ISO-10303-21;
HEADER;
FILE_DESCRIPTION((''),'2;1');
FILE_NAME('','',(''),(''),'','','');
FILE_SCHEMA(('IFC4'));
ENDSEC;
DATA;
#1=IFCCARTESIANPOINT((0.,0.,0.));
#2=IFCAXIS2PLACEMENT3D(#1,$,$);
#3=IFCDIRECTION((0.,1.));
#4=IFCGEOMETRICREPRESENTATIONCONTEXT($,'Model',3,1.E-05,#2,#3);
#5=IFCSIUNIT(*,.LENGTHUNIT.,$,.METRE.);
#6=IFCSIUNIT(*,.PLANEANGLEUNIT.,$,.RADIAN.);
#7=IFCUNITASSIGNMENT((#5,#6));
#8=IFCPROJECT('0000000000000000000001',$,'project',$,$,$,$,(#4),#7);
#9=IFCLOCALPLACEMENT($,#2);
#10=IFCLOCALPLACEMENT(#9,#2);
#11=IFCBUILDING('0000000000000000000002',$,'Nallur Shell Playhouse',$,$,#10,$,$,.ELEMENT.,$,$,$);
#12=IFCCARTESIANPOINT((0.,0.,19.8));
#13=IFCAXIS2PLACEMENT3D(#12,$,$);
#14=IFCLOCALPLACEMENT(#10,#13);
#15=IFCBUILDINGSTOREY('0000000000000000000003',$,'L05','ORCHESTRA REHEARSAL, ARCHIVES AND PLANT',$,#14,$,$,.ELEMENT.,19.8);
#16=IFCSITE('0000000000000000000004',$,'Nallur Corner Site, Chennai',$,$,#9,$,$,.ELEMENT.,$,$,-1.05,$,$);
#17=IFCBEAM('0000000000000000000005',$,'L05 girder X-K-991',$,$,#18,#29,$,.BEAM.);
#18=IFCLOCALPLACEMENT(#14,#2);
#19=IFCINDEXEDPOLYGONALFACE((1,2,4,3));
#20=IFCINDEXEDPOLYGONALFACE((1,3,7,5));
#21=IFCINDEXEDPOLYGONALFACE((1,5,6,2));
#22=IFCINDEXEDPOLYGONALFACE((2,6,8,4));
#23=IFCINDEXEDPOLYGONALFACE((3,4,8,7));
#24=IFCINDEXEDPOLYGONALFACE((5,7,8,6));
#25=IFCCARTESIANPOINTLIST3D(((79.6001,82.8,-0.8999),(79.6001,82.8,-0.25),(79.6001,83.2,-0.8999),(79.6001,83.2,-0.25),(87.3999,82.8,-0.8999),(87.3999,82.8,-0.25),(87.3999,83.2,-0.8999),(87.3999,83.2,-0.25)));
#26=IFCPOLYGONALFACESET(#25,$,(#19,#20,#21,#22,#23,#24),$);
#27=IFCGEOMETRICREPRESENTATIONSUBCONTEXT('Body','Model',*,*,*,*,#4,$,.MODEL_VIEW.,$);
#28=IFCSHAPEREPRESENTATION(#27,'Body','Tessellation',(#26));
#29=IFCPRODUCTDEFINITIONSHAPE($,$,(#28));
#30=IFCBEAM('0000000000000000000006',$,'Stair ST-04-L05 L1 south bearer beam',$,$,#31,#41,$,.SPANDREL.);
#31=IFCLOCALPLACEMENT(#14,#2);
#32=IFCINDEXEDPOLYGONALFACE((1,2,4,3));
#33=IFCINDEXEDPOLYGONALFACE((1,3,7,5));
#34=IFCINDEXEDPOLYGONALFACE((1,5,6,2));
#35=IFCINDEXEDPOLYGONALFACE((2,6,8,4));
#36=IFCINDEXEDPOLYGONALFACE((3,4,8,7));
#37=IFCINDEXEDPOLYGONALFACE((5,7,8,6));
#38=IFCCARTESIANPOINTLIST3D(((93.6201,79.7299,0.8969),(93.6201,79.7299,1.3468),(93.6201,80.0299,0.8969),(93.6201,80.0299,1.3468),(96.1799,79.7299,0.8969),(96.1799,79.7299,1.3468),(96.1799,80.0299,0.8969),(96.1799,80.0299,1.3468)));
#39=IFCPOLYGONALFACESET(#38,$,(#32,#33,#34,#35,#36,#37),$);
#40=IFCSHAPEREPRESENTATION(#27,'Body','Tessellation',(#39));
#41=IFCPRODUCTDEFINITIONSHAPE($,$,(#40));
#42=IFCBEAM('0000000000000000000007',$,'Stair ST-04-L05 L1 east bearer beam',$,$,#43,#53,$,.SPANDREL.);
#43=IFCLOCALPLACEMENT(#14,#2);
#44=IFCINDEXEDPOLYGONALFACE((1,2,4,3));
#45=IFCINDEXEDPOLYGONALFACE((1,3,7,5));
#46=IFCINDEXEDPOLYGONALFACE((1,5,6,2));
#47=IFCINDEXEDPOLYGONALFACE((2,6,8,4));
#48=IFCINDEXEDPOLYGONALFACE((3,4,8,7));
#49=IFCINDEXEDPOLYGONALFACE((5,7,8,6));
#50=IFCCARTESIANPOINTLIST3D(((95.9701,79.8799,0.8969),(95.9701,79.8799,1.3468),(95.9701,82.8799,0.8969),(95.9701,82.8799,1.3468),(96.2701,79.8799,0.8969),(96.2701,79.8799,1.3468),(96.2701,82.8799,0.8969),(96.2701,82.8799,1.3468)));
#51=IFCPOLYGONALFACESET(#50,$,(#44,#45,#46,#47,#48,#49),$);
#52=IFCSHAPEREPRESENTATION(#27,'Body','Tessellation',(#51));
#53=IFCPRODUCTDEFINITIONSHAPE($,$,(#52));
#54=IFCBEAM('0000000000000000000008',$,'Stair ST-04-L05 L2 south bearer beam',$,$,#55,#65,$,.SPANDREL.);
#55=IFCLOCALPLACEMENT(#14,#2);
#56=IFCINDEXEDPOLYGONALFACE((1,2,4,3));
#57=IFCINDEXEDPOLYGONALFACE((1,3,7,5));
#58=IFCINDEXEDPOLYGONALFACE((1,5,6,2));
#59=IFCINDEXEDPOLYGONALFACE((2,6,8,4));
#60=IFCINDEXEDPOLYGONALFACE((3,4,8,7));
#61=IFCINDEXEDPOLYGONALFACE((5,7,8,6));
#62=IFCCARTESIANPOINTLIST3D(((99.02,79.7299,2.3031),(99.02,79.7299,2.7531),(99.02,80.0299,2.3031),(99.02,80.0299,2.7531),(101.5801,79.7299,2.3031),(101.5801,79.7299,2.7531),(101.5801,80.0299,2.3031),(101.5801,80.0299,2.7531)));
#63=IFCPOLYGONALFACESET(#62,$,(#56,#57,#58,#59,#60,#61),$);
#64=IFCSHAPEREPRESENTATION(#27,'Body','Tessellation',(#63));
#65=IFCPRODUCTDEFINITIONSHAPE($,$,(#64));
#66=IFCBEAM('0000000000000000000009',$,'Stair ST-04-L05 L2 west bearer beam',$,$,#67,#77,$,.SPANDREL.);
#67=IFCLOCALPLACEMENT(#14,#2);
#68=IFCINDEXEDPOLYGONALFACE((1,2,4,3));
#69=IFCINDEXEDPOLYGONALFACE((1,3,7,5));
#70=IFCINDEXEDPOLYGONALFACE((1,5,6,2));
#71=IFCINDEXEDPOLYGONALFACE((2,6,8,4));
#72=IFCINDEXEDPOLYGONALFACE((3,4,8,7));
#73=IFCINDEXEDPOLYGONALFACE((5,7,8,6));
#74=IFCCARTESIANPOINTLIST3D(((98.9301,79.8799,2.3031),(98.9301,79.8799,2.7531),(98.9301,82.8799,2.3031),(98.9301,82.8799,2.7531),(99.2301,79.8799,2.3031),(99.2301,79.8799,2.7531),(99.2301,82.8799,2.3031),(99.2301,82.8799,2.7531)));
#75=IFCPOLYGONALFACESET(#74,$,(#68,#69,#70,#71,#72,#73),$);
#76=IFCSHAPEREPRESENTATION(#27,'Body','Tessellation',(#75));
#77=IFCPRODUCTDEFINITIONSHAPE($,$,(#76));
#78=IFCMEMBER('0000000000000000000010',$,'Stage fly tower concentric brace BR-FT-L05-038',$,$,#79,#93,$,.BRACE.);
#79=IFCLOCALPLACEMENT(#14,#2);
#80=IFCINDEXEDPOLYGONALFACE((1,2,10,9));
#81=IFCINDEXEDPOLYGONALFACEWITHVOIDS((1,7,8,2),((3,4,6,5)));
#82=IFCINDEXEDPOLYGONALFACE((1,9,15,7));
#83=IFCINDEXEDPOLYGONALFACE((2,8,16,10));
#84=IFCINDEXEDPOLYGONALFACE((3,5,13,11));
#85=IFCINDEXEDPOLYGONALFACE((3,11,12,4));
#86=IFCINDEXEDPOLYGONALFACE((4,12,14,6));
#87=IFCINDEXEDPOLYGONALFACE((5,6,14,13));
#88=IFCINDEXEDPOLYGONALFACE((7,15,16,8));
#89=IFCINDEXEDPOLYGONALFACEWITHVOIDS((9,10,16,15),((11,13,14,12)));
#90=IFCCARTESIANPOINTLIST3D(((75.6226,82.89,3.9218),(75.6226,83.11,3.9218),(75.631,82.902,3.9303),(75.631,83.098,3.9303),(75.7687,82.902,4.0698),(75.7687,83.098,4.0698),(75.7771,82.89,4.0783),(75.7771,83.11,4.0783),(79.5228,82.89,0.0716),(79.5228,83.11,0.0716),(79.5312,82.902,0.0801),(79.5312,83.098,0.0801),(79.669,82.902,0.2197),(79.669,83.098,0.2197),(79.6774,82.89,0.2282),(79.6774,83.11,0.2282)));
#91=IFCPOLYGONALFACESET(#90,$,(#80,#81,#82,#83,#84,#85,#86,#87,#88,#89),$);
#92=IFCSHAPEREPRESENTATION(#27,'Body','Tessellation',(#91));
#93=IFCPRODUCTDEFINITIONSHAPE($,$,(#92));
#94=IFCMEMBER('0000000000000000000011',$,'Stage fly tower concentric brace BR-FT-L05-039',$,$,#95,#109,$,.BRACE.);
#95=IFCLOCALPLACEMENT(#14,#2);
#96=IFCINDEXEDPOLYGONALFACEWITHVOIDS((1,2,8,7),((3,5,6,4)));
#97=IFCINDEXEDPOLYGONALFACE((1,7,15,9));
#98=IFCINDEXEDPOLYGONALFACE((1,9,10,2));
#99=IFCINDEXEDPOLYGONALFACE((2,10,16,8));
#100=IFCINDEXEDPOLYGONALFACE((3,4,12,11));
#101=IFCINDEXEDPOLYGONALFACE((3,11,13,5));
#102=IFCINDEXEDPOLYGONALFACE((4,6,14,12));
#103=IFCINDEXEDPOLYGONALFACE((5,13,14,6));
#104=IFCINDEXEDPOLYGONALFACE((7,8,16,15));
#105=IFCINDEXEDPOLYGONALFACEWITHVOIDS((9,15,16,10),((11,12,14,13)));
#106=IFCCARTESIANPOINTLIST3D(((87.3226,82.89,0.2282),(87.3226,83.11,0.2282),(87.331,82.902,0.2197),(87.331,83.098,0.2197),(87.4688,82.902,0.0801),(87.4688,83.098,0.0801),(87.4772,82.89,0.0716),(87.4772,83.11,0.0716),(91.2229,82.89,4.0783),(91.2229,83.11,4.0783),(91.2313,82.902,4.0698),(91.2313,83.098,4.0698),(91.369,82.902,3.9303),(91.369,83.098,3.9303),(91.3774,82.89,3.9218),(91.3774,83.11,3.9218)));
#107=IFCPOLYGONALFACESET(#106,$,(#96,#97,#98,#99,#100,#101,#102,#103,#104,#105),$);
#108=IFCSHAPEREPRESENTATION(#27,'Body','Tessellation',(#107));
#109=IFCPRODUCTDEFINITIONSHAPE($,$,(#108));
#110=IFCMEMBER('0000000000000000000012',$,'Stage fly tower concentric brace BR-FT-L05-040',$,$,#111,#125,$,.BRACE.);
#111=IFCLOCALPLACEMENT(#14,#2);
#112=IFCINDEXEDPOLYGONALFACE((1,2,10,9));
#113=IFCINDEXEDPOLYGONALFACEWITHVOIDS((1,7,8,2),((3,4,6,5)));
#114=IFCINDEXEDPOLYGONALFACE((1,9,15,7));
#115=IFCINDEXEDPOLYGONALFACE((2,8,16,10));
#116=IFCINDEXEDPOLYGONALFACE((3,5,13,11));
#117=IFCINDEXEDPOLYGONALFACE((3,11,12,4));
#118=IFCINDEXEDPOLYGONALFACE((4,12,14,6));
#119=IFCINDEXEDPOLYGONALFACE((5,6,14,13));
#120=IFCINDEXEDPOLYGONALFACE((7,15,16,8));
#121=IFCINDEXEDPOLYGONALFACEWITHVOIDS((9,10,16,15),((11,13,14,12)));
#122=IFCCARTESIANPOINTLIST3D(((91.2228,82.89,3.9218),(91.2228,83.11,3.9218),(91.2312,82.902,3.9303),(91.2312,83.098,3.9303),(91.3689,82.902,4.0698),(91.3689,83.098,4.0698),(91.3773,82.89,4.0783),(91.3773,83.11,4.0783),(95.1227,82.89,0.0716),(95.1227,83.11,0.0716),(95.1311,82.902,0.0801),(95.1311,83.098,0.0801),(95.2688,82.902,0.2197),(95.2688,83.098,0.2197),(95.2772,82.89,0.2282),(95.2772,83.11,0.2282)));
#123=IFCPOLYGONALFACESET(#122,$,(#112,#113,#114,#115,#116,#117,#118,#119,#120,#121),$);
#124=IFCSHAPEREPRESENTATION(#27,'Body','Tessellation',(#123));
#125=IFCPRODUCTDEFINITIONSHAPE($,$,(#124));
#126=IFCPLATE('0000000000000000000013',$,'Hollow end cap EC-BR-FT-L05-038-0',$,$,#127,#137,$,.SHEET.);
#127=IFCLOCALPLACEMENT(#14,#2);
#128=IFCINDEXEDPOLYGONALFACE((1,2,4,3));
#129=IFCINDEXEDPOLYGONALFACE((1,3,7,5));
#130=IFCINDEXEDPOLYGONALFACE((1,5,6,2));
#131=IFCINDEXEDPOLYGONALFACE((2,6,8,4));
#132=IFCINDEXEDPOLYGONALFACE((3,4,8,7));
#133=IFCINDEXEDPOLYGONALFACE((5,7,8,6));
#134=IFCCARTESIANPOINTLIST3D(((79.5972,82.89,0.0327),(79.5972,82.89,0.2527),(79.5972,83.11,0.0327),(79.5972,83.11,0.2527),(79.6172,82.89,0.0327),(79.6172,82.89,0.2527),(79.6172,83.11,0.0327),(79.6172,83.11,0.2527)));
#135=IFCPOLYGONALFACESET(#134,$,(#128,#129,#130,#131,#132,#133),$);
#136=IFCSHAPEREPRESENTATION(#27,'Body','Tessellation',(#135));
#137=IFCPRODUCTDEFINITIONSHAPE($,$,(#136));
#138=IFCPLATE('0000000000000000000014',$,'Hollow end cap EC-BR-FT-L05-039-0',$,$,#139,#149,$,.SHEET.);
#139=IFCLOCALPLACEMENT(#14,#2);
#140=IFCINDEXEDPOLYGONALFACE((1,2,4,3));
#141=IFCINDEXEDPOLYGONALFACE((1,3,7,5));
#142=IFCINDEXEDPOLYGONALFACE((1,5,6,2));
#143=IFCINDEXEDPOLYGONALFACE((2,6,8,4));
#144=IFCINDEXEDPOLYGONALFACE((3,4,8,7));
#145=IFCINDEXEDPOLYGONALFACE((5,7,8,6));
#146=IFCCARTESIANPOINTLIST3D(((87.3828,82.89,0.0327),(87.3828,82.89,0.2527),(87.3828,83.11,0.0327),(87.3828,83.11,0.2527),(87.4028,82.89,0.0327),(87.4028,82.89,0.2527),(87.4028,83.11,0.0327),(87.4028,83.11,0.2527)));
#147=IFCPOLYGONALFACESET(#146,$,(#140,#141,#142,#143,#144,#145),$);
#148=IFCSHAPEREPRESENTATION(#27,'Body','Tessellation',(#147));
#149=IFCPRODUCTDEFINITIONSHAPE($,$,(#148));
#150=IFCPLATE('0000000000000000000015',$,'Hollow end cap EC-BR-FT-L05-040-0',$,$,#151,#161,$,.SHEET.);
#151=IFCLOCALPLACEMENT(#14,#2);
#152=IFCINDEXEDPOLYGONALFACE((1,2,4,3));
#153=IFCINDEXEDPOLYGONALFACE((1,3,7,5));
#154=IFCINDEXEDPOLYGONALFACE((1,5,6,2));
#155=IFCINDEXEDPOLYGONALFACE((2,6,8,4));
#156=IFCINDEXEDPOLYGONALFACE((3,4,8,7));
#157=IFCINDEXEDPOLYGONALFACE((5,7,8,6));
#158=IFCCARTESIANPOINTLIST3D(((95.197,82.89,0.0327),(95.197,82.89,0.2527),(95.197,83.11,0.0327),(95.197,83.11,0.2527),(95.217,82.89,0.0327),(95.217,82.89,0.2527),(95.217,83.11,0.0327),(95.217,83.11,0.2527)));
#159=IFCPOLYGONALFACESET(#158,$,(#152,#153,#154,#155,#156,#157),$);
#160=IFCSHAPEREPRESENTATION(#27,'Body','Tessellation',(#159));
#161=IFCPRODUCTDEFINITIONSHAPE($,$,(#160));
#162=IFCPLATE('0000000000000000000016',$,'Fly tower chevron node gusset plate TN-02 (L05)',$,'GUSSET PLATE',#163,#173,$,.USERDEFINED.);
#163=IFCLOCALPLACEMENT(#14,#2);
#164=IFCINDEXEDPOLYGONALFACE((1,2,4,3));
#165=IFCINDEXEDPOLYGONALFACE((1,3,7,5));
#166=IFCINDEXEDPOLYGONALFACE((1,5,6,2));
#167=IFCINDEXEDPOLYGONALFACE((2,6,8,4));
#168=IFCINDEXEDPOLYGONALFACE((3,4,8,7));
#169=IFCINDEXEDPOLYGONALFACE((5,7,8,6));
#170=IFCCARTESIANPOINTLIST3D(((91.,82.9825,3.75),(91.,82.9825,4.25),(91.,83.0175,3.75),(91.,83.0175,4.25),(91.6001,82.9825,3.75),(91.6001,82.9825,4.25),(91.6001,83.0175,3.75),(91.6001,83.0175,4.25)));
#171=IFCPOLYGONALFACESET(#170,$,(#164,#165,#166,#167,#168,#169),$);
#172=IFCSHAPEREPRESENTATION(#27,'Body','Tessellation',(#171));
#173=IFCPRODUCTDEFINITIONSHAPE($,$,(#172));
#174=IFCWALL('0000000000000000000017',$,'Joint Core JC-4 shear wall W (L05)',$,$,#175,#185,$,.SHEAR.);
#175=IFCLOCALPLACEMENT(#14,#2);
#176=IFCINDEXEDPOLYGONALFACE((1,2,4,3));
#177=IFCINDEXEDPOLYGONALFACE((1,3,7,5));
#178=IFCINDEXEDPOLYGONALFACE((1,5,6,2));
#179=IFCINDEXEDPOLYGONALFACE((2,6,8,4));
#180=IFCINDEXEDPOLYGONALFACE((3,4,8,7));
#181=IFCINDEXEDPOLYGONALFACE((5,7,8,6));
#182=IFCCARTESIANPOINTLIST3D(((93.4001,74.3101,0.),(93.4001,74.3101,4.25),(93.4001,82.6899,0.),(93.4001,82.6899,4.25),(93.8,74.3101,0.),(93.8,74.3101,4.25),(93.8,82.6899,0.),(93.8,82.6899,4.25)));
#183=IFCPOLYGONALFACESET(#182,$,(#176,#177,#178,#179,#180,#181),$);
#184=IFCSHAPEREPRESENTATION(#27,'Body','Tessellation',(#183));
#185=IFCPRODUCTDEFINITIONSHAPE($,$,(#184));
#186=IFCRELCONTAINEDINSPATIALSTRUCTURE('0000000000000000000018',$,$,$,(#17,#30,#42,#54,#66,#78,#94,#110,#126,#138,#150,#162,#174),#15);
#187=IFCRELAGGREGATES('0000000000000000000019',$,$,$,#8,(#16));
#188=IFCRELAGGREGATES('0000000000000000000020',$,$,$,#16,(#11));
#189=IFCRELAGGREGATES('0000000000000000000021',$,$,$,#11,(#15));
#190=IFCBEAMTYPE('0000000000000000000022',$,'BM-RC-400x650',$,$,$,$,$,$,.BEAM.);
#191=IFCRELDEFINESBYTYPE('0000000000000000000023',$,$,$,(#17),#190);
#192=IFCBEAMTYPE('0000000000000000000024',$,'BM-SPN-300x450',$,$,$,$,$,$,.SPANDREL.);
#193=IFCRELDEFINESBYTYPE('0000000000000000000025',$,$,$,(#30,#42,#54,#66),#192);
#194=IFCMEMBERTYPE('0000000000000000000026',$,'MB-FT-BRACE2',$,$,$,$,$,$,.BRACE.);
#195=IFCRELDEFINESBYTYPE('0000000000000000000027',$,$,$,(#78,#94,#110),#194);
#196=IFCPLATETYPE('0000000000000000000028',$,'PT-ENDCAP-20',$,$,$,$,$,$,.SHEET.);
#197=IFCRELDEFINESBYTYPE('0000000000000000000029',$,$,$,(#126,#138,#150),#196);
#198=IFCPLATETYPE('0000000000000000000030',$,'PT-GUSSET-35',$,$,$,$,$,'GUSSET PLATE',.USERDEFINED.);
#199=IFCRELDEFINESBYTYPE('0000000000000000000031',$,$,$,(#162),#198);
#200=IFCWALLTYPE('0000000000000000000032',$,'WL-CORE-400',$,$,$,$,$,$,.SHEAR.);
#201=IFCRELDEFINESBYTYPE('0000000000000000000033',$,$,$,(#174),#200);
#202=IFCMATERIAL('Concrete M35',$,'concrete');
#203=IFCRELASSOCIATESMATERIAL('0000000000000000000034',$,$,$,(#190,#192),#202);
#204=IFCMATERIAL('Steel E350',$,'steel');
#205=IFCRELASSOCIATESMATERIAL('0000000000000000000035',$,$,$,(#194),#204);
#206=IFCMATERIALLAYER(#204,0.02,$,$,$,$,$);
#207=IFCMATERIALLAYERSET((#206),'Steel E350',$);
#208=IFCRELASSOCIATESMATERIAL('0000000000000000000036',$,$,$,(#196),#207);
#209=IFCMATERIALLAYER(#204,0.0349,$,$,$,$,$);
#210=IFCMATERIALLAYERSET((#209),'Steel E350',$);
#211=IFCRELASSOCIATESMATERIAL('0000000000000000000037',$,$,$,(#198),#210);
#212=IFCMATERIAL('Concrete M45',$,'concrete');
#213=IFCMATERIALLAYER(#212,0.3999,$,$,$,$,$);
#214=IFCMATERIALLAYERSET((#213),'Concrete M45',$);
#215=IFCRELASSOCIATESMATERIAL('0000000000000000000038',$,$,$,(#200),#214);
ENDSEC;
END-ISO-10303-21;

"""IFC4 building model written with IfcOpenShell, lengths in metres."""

from ifc_helpers import new_model, si_unit, direction, frame, frame_2d, origin, origin_2d, place, context, subcontext, project, spatial, rectangle, hollow_rectangle, extrude, material, layer, layer_set, material_profile, profile_set, type_object, element, save


model = new_model("IFC4")

# Units and contexts
model_context = context("Model", 3, precision=1e-05, world=origin(), true_north=direction((0.0, 1.0)))
body_context = subcontext(model_context, "Body", "Model", "MODEL_VIEW")
ifc_project = project(units=[si_unit("LENGTHUNIT", "METRE"), si_unit("PLANEANGLEUNIT", "RADIAN")], contexts=[model_context])

# Site, building, storey
site_placement = place(None, origin())
site = spatial("IfcSite", under=ifc_project, at=site_placement, Name="Nallur Corner Site, Chennai", CompositionType="ELEMENT", RefElevation=-1.05)
building_placement = place(site_placement, origin())
building = spatial("IfcBuilding", under=site, at=building_placement, Name="Nallur Shell Playhouse", CompositionType="ELEMENT")
storey_placement = place(building_placement, frame((0.0, 0.0, 19.8)))
storey = spatial("IfcBuildingStorey", under=building, at=storey_placement, Name="L05", Description="ORCHESTRA REHEARSAL, ARCHIVES AND PLANT", CompositionType="ELEMENT", Elevation=19.8)

# Shared definitions
ifc_material_1 = material(Name="Steel E350", Category="steel")

# Beams
ifc_material_2 = material(Name="Concrete M35", Category="concrete")
ifc_material_profile_1 = material_profile(ifc_material_2, rectangle(XDim=0.3999, YDim=0.6499, at=origin_2d()), Name="RC 400x650")
ifc_profile_set_1 = profile_set([ifc_material_profile_1], Name="Concrete M35")
beam_type_1 = type_object("IfcBeamType", Name="BM-RC-400x650", PredefinedType="BEAM", material=ifc_profile_set_1)
beam_1_placement = place(storey_placement, frame((79.6001, 83.0, -0.575), z_axis=(1.0, 0.0, 0.0), x_axis=(0.0, 1.0, 0.0)))
element("IfcBeam", 1, at=beam_1_placement, inside=storey, type_object=beam_type_1, Name="L05 girder X-K-991", PredefinedType="BEAM", context=body_context, shape_type="SweptSolid", body=[
    extrude(rectangle(XDim=0.3999, YDim=0.6499, at=origin_2d()), origin(), (0.0, 0.0, 1.0), 7.7998),
])
ifc_material_profile_2 = material_profile(ifc_material_2, rectangle(XDim=0.3, YDim=0.45, at=origin_2d()), Name="RC 300x450")
ifc_profile_set_2 = profile_set([ifc_material_profile_2], Name="Concrete M35")
beam_type_2 = type_object("IfcBeamType", Name="BM-SPN-300x450", PredefinedType="SPANDREL", material=ifc_profile_set_2)
beam_2_placement = place(storey_placement, frame((93.6201, 79.8799, 1.1218), z_axis=(1.0, 0.0, 0.0), x_axis=(0.0, 1.0, 0.0)))
element("IfcBeam", 2, at=beam_2_placement, inside=storey, type_object=beam_type_2, Name="Stair ST-04-L05 L1 south bearer beam", PredefinedType="SPANDREL", context=body_context, shape_type="SweptSolid", body=[
    extrude(rectangle(XDim=0.3, YDim=0.45, at=origin_2d()), origin(), (0.0, 0.0, 1.0), 2.5598),
])
beam_3_placement = place(storey_placement, frame((96.1201, 79.8799, 1.1218), z_axis=(0.0, 1.0, 0.0), x_axis=(-1.0, 0.0, 0.0)))
element("IfcBeam", 3, at=beam_3_placement, inside=storey, type_object=beam_type_2, Name="Stair ST-04-L05 L1 east bearer beam", PredefinedType="SPANDREL", context=body_context, shape_type="SweptSolid", body=[
    extrude(rectangle(XDim=0.3, YDim=0.45, at=origin_2d()), origin(), (0.0, 0.0, 1.0), 3.0),
])
beam_4_placement = place(storey_placement, frame((99.02, 79.8799, 2.5281), z_axis=(1.0, 0.0, 0.0), x_axis=(0.0, 1.0, 0.0)))
element("IfcBeam", 4, at=beam_4_placement, inside=storey, type_object=beam_type_2, Name="Stair ST-04-L05 L2 south bearer beam", PredefinedType="SPANDREL", context=body_context, shape_type="SweptSolid", body=[
    extrude(rectangle(XDim=0.3, YDim=0.45, at=origin_2d()), origin(), (0.0, 0.0, 1.0), 2.5601),
])
beam_5_placement = place(storey_placement, frame((99.0801, 79.8799, 2.5281), z_axis=(0.0, 1.0, 0.0), x_axis=(-1.0, 0.0, 0.0)))
element("IfcBeam", 5, at=beam_5_placement, inside=storey, type_object=beam_type_2, Name="Stair ST-04-L05 L2 west bearer beam", PredefinedType="SPANDREL", context=body_context, shape_type="SweptSolid", body=[
    extrude(rectangle(XDim=0.3, YDim=0.45, at=origin_2d()), origin(), (0.0, 0.0, 1.0), 3.0),
])

# Members
ifc_material_profile_3 = material_profile(ifc_material_1, hollow_rectangle(XDim=0.22, YDim=0.22, WallThickness=0.012, at=origin_2d()), Name="SHS 220x220x12")
ifc_profile_set_3 = profile_set([ifc_material_profile_3], Name="Steel E350")
member_type = type_object("IfcMemberType", Name="MB-FT-BRACE2", PredefinedType="BRACE", material=ifc_profile_set_3)
for number, where, z_axis, x_axis, name in (
    (6, (79.6001, 83.0, 0.1499), (-0.711658, 0.0, 0.702526), (0.0, -1.0, 0.0), "Stage fly tower concentric brace BR-FT-L05-038"),
    (7, (87.3999, 83.0, 0.1499), (0.711658, 0.0, 0.702526), (0.0, 1.0, 0.0), "Stage fly tower concentric brace BR-FT-L05-039"),
):
    element("IfcMember", number, at=place(storey_placement, frame(where, z_axis=z_axis, x_axis=x_axis)), inside=storey, type_object=member_type, Name=name, PredefinedType="BRACE", context=body_context, shape_type="SweptSolid", body=[
        extrude(hollow_rectangle(XDim=0.22, YDim=0.22, WallThickness=0.012, at=origin_2d()), origin(), (0.0, 0.0, 1.0), 5.4805),
    ])
member_placement = place(storey_placement, frame((95.2, 83.0, 0.1499), z_axis=(-0.711636, 0.0, 0.702548), x_axis=(0.0, -1.0, 0.0)))
element("IfcMember", 8, at=member_placement, inside=storey, type_object=member_type, Name="Stage fly tower concentric brace BR-FT-L05-040", PredefinedType="BRACE", context=body_context, shape_type="SweptSolid", body=[
    extrude(hollow_rectangle(XDim=0.22, YDim=0.22, WallThickness=0.012, at=origin_2d()), origin(), (0.0, 0.0, 1.0), 5.4802),
])

# Plates
ifc_layer_1 = layer(ifc_material_1, 0.02)
ifc_layer_set_1 = layer_set([ifc_layer_1], Name="Steel E350")
plate_type_1 = type_object("IfcPlateType", Name="PT-ENDCAP-20", PredefinedType="SHEET", material=ifc_layer_set_1)
for number, where, z_axis, x_axis, name in (
    (9, (79.6072, 83.0, 0.0327), (0.0, 0.0, 1.0), (1.0, 0.0, 0.0), "Hollow end cap EC-BR-FT-L05-038-0"),
    (10, (87.3928, 83.0, 0.0327), (0.0, 0.0, 1.0), (1.0, 0.0, 0.0), "Hollow end cap EC-BR-FT-L05-039-0"),
    (11, (95.207, 83.0, 0.0327), (0.0, 0.0, 1.0), (1.0, 0.0, 0.0), "Hollow end cap EC-BR-FT-L05-040-0"),
):
    element("IfcPlate", number, at=place(storey_placement, frame(where, z_axis=z_axis, x_axis=x_axis)), inside=storey, type_object=plate_type_1, Name=name, PredefinedType="SHEET", context=body_context, shape_type="SweptSolid", body=[
        extrude(rectangle(XDim=0.02, YDim=0.22, at=origin_2d()), origin(), (0.0, 0.0, 1.0), 0.22),
    ])
ifc_layer_2 = layer(ifc_material_1, 0.0349)
ifc_layer_set_2 = layer_set([ifc_layer_2], Name="Steel E350")
plate_type_2 = type_object("IfcPlateType", Name="PT-GUSSET-35", ElementType="GUSSET PLATE", PredefinedType="USERDEFINED", material=ifc_layer_set_2)
plate_placement = place(storey_placement, frame((91.3, 83.0, 3.75), z_axis=(0.0, 0.0, 1.0), x_axis=(1.0, 0.0, 0.0)))
element("IfcPlate", 12, at=plate_placement, inside=storey, type_object=plate_type_2, Name="Fly tower chevron node gusset plate TN-02 (L05)", ObjectType="GUSSET PLATE", PredefinedType="USERDEFINED", context=body_context, shape_type="SweptSolid", body=[
    extrude(rectangle(XDim=0.6001, YDim=0.0349, at=origin_2d()), origin(), (0.0, 0.0, 1.0), 0.5),
])

# Wall
ifc_material_3 = material(Name="Concrete M45", Category="concrete")
ifc_layer_3 = layer(ifc_material_3, 0.3999)
ifc_layer_set_3 = layer_set([ifc_layer_3], Name="Concrete M45")
wall_type_1 = type_object("IfcWallType", Name="WL-CORE-400", PredefinedType="SHEAR", material=ifc_layer_set_3)
wall_1_placement = place(storey_placement, frame((93.6001, 82.6899, 0.0), z_axis=(0.0, 0.0, 1.0), x_axis=(0.0, -1.0, 0.0)))
element("IfcWall", 13, at=wall_1_placement, inside=storey, type_object=wall_type_1, Name="Joint Core JC-4 shear wall W (L05)", PredefinedType="SHEAR", context=body_context, shape_type="SweptSolid", body=[
    extrude(rectangle(XDim=8.3799, YDim=0.3999, at=frame_2d((4.1899, 0.0))), origin(), (0.0, 0.0, 1.0), 4.25),
])

save(model, "model.ifc")
